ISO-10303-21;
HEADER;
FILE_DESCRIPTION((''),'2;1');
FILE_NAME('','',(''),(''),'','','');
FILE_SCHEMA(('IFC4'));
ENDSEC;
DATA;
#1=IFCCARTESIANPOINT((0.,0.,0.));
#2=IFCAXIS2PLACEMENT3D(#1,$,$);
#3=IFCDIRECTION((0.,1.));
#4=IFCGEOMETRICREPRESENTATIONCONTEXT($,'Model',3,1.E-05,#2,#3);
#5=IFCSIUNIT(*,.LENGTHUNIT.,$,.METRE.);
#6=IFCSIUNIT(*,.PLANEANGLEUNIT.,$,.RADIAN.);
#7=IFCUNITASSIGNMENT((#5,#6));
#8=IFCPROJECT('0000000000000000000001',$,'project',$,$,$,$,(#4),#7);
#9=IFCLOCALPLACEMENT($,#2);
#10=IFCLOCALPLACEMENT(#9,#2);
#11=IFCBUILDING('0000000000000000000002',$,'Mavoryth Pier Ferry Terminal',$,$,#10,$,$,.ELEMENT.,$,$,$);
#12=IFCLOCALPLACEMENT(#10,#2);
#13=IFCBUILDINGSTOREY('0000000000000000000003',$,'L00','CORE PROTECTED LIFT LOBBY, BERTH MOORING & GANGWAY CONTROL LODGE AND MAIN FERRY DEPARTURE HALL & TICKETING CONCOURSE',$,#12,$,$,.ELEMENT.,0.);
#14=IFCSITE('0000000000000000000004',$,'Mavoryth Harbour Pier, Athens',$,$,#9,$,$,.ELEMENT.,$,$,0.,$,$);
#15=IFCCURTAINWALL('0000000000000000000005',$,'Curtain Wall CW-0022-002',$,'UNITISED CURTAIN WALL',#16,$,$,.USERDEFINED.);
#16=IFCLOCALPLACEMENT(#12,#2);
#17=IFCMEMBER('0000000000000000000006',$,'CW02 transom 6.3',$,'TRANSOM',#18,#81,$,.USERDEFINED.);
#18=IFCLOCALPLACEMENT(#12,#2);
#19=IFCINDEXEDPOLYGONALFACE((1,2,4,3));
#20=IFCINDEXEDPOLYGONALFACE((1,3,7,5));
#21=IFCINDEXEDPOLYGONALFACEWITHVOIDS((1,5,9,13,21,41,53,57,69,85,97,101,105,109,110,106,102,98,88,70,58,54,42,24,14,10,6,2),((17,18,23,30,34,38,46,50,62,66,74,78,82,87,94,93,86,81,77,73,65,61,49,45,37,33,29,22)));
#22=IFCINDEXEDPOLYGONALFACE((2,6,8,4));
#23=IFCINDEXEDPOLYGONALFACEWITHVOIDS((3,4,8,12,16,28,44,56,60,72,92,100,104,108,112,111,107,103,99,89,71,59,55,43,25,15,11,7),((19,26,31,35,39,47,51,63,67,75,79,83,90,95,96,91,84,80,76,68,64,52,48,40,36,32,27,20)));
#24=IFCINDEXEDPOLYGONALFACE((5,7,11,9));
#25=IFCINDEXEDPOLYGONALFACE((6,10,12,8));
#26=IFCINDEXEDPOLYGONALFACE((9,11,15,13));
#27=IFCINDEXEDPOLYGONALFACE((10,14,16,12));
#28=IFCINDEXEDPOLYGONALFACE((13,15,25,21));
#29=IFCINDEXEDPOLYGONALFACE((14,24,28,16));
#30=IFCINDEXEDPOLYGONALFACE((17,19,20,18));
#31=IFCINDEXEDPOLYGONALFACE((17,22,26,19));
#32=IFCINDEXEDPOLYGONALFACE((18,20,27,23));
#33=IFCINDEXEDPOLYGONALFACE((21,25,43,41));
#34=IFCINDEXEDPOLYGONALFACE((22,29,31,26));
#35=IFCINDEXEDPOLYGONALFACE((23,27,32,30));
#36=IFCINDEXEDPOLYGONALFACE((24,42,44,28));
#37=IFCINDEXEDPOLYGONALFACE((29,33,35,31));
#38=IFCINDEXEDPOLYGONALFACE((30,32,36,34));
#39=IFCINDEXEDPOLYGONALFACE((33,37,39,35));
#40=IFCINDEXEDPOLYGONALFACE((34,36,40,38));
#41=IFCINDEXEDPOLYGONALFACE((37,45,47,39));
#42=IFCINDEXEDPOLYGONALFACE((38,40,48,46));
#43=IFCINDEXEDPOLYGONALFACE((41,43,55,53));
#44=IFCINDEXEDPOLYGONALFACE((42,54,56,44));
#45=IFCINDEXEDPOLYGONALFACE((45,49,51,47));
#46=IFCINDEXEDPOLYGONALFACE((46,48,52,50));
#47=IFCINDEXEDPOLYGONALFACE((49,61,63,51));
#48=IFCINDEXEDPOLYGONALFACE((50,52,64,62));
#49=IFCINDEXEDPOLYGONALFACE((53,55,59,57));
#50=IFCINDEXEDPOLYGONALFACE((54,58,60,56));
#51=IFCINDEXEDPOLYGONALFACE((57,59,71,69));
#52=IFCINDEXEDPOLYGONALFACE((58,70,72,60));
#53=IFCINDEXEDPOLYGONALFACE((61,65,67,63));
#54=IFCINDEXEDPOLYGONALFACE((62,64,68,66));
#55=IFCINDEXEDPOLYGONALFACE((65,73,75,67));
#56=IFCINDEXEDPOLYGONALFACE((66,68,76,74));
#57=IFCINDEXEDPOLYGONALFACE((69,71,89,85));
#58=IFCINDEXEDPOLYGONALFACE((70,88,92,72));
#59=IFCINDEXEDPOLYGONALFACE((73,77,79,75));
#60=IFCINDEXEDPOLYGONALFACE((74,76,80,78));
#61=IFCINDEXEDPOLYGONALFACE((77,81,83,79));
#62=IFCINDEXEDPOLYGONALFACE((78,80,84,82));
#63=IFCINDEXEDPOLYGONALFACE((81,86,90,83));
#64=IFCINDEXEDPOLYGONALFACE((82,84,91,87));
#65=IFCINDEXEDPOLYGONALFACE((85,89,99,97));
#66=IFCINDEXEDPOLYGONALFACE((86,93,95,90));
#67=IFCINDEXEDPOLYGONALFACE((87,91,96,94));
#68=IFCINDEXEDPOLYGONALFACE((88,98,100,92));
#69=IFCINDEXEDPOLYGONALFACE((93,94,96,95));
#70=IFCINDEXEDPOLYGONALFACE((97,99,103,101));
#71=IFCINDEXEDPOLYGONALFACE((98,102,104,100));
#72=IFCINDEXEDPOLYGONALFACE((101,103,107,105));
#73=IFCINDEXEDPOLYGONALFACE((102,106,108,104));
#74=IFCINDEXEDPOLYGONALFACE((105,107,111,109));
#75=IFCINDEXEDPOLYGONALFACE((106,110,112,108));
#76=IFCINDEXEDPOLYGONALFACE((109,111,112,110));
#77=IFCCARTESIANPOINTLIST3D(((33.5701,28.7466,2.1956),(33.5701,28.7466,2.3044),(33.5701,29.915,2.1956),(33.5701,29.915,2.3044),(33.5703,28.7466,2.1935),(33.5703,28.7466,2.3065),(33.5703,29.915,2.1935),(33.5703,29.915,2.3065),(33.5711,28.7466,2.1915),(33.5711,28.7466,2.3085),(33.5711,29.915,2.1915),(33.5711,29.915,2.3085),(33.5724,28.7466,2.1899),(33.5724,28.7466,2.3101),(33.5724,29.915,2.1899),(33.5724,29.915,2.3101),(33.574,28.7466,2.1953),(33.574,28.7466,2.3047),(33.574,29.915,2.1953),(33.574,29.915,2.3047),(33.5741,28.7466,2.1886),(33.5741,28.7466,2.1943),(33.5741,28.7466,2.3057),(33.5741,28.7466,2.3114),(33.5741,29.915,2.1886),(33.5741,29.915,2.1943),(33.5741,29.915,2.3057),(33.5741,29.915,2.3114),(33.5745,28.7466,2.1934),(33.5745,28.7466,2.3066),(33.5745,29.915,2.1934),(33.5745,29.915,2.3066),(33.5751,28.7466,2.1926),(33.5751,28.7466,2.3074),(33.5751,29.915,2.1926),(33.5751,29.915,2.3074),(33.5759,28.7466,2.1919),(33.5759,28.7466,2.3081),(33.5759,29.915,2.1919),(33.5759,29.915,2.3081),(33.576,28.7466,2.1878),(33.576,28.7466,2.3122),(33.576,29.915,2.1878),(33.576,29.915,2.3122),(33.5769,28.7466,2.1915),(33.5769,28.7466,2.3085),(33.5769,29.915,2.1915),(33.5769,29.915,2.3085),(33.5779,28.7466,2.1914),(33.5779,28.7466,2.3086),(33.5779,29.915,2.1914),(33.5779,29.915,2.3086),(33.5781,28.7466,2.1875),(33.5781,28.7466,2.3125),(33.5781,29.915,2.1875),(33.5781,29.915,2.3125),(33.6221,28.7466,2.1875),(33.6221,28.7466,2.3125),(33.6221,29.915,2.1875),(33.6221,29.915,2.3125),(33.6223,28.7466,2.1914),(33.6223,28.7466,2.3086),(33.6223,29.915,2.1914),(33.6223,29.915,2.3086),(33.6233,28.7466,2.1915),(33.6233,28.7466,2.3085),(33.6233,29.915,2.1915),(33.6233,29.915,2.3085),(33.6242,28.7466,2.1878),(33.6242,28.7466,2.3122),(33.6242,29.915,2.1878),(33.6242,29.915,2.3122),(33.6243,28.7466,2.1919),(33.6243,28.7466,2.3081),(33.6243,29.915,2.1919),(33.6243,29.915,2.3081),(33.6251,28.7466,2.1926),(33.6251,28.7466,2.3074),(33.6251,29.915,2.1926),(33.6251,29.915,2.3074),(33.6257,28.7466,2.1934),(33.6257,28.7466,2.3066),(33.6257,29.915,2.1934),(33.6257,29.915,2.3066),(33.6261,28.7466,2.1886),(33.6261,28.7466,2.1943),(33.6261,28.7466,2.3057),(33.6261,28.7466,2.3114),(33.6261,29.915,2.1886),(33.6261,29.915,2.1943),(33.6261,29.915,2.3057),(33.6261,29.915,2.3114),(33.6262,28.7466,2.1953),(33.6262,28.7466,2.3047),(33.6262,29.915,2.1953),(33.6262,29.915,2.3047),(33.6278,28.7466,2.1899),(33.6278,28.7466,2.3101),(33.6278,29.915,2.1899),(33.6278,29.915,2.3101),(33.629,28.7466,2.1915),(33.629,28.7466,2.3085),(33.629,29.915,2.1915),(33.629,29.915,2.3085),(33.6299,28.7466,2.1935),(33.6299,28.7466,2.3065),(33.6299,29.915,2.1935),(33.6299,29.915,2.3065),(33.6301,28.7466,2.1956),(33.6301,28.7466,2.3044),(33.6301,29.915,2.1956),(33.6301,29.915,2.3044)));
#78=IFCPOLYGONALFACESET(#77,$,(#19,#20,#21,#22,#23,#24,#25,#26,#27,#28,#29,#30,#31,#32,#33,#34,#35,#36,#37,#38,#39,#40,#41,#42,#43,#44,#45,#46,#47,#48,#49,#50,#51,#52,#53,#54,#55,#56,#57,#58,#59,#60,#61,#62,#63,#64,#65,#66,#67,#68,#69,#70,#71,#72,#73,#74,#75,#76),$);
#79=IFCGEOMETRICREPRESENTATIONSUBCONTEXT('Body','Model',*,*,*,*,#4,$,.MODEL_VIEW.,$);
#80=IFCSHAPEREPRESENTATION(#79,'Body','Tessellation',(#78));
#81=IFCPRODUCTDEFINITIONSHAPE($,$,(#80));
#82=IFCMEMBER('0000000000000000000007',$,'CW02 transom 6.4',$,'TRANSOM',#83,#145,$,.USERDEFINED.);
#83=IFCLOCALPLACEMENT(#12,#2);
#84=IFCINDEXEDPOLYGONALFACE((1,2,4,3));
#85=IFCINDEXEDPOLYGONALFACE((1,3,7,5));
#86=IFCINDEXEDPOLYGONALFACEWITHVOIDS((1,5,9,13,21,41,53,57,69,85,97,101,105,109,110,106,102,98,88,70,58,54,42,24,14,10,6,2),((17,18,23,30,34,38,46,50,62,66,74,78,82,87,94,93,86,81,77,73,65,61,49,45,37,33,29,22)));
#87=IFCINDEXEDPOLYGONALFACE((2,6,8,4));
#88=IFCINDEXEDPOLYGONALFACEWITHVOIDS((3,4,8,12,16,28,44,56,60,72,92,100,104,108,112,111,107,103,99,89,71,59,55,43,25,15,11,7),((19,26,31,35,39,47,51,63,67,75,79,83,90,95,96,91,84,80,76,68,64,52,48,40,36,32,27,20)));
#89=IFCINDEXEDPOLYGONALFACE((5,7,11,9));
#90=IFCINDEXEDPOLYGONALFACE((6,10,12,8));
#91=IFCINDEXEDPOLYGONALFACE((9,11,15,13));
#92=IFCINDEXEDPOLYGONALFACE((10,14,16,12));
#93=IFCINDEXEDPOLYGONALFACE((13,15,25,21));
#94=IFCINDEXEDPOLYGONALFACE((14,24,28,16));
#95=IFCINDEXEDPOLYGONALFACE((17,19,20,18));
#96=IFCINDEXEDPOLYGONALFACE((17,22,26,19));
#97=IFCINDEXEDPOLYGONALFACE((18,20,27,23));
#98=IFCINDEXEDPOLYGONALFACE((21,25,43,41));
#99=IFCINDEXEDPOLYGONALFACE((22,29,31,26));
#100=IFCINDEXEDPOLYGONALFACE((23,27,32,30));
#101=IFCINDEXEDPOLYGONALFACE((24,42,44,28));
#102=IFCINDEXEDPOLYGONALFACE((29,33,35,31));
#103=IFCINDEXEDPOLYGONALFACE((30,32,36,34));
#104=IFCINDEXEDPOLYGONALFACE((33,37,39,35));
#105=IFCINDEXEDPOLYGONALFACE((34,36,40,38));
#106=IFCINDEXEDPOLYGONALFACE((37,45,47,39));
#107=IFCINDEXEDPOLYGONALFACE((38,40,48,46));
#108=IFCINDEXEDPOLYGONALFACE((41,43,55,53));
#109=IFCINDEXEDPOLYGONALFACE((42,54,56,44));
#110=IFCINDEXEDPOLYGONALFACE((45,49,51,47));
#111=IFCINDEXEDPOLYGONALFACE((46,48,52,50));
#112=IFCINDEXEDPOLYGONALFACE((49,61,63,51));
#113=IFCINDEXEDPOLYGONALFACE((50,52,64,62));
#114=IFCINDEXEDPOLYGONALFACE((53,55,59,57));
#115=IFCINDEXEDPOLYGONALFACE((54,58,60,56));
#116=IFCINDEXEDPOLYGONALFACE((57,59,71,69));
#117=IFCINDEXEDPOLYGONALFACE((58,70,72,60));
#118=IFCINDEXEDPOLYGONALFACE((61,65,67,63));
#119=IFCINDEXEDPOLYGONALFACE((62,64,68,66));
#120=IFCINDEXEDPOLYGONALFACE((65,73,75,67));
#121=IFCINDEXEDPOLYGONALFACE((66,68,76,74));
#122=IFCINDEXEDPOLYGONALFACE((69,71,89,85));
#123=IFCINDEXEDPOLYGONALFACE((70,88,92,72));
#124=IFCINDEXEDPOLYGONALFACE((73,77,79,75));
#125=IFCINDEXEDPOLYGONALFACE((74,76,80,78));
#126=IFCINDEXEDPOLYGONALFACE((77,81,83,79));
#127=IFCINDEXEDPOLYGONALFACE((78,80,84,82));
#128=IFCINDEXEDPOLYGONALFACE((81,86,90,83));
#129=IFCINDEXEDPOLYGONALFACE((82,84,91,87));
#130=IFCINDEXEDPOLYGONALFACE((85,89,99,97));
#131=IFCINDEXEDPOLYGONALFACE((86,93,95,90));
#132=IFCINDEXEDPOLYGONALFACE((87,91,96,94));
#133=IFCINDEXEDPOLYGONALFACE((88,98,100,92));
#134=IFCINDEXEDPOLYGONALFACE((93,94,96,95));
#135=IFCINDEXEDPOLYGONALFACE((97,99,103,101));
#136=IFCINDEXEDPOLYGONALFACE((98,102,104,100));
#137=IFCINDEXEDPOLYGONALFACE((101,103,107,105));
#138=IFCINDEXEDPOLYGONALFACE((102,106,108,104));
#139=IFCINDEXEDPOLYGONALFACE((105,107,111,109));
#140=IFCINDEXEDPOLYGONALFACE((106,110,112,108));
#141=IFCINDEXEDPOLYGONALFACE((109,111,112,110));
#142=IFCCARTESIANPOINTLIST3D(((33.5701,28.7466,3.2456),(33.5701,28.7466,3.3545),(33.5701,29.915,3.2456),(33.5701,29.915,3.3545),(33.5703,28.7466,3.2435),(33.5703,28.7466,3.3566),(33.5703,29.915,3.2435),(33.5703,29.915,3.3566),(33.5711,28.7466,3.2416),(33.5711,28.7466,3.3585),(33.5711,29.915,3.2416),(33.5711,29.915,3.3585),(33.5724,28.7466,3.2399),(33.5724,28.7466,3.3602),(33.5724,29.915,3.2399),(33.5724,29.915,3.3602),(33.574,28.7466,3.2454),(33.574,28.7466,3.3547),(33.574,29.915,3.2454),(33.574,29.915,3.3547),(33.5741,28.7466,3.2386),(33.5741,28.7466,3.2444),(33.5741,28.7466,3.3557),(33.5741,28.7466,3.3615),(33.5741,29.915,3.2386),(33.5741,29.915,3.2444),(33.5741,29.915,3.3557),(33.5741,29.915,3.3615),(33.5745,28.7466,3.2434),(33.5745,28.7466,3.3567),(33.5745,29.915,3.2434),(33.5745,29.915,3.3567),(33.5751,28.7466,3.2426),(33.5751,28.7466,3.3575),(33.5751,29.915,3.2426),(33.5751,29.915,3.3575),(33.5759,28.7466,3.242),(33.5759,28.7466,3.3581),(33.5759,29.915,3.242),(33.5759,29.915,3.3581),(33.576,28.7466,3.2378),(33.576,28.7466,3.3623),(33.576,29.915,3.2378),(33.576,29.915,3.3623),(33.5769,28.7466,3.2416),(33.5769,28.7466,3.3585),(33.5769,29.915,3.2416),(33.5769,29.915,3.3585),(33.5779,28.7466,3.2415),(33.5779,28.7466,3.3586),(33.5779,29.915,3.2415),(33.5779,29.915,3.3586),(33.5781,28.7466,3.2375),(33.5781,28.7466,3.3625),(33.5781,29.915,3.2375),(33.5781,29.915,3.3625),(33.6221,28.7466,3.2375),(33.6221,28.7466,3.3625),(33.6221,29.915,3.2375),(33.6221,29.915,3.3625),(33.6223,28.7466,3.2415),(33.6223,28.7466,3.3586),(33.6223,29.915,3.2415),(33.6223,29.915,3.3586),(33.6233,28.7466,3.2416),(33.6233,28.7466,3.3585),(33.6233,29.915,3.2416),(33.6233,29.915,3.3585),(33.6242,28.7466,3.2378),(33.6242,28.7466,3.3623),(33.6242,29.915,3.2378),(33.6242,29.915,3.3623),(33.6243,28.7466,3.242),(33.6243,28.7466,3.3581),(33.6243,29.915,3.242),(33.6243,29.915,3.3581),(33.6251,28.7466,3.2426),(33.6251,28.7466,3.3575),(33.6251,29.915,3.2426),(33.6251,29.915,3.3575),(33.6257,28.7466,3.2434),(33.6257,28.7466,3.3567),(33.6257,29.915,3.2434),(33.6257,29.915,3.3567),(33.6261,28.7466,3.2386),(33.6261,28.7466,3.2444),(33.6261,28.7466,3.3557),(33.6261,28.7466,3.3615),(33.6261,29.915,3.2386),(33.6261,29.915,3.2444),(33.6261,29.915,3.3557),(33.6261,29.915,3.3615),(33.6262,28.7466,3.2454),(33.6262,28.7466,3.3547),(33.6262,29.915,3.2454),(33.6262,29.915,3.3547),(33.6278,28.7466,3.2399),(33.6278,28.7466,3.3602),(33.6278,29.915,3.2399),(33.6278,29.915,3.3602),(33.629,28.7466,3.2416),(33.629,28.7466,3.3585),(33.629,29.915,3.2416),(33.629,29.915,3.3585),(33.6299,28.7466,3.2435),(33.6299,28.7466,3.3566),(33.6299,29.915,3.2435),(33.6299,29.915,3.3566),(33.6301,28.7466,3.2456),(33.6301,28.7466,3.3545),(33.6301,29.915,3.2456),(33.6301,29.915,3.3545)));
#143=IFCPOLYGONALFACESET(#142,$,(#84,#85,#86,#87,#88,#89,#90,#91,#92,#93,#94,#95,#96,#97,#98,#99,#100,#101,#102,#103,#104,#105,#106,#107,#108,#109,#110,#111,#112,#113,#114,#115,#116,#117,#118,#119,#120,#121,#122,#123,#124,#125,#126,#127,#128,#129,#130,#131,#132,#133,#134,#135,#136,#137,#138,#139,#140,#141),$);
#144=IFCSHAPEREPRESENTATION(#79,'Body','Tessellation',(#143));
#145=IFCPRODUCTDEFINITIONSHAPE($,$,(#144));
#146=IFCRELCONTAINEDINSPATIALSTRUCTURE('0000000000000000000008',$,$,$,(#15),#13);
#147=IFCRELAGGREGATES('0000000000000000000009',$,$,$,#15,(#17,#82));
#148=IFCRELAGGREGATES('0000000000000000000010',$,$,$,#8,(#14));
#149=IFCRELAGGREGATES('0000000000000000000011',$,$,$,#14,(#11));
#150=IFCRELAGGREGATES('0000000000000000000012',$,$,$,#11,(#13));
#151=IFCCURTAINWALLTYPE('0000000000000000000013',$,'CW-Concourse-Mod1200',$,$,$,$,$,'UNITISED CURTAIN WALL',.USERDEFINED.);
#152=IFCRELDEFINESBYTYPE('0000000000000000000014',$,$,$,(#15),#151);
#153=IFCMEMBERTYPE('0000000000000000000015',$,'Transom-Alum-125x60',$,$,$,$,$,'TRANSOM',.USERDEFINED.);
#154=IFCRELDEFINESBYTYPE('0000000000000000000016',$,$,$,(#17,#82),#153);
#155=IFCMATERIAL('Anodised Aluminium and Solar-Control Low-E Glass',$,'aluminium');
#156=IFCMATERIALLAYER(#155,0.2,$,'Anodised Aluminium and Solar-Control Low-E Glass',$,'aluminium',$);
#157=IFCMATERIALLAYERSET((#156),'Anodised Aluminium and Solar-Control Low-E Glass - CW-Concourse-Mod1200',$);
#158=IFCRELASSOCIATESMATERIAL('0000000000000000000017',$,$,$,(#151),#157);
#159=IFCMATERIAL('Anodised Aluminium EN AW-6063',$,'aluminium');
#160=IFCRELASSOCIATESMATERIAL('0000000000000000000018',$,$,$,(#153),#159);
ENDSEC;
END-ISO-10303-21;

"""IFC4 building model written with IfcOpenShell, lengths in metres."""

from ifc_helpers import new_model, si_unit, direction, frame, origin, origin_2d, place, context, subcontext, project, spatial, hollow_rectangle, extrude, material, layer, layer_set, material_profile, profile_set, type_object, element, aggregate, save


model = new_model("IFC4")

# Units and contexts
model_context = context("Model", 3, precision=1e-05, world=origin(), true_north=direction((0.0, 1.0)))
body_context = subcontext(model_context, "Body", "Model", "MODEL_VIEW")
ifc_project = project(units=[si_unit("LENGTHUNIT", "METRE"), si_unit("PLANEANGLEUNIT", "RADIAN")], contexts=[model_context])

# Site, building, storey
site_placement = place(None, origin())
site = spatial("IfcSite", under=ifc_project, at=site_placement, Name="Mavoryth Harbour Pier, Athens", CompositionType="ELEMENT", RefElevation=0.0)
building_placement = place(site_placement, origin())
building = spatial("IfcBuilding", under=site, at=building_placement, Name="Mavoryth Pier Ferry Terminal", CompositionType="ELEMENT")
storey_placement = place(building_placement, origin())
storey = spatial("IfcBuildingStorey", under=building, at=storey_placement, Name="L00", Description="CORE PROTECTED LIFT LOBBY, BERTH MOORING & GANGWAY CONTROL LODGE AND MAIN FERRY DEPARTURE HALL & TICKETING CONCOURSE", CompositionType="ELEMENT", Elevation=0.0)

# Curtain wall, members
ifc_material_1 = material(Name="Anodised Aluminium and Solar-Control Low-E Glass", Category="aluminium")
ifc_layer_1 = layer(ifc_material_1, 0.2, Name="Anodised Aluminium and Solar-Control Low-E Glass", Category="aluminium")
ifc_layer_set_1 = layer_set([ifc_layer_1], Name="Anodised Aluminium and Solar-Control Low-E Glass - CW-Concourse-Mod1200")
curtain_wall_type = type_object("IfcCurtainWallType", Name="CW-Concourse-Mod1200", ElementType="UNITISED CURTAIN WALL", PredefinedType="USERDEFINED", material=ifc_layer_set_1)
curtain_wall_placement = place(storey_placement, origin())
curtain_wall = element("IfcCurtainWall", 1, at=curtain_wall_placement, inside=storey, type_object=curtain_wall_type, Name="Curtain Wall CW-0022-002", ObjectType="UNITISED CURTAIN WALL", PredefinedType="USERDEFINED")
ifc_material_2 = material(Name="Anodised Aluminium EN AW-6063", Category="aluminium")
ifc_material_profile_1 = material_profile(ifc_material_2, hollow_rectangle(XDim=0.0601, YDim=0.125, WallThickness=0.0039, InnerFilletRadius=0.0039, OuterFilletRadius=0.0081, at=origin_2d()), Name="AL-TRAN 125x60x4", Category="aluminium")
ifc_profile_set_1 = profile_set([ifc_material_profile_1], Name="Anodised Aluminium EN AW-6063 - AL-TRAN 125x60x4")
member_type_1 = type_object("IfcMemberType", Name="Transom-Alum-125x60", ElementType="TRANSOM", PredefinedType="USERDEFINED", material=ifc_profile_set_1)
member_1_placement = place(storey_placement, frame((33.6001, 28.7466, 2.25), z_axis=(0.0, 1.0, 0.0), x_axis=(-1.0, 0.0, 0.0)))
member_1 = element("IfcMember", 2, at=member_1_placement, type_object=member_type_1, Name="CW02 transom 6.3", ObjectType="TRANSOM", PredefinedType="USERDEFINED", context=body_context, shape_type="SweptSolid", body=[
    extrude(hollow_rectangle(XDim=0.0601, YDim=0.125, WallThickness=0.0039, InnerFilletRadius=0.0039, OuterFilletRadius=0.0081, at=origin_2d()), origin(), (0.0, 0.0, 1.0), 1.1685),
])
member_2_placement = place(storey_placement, frame((33.6001, 28.7466, 3.3), z_axis=(0.0, 1.0, 0.0), x_axis=(-1.0, 0.0, 0.0)))
member_2 = element("IfcMember", 3, at=member_2_placement, type_object=member_type_1, Name="CW02 transom 6.4", ObjectType="TRANSOM", PredefinedType="USERDEFINED", context=body_context, shape_type="SweptSolid", body=[
    extrude(hollow_rectangle(XDim=0.0601, YDim=0.125, WallThickness=0.0039, InnerFilletRadius=0.0039, OuterFilletRadius=0.0081, at=origin_2d()), origin(), (0.0, 0.0, 1.0), 1.1685),
])
aggregate(curtain_wall, [member_1, member_2])

save(model, "model.ifc")
